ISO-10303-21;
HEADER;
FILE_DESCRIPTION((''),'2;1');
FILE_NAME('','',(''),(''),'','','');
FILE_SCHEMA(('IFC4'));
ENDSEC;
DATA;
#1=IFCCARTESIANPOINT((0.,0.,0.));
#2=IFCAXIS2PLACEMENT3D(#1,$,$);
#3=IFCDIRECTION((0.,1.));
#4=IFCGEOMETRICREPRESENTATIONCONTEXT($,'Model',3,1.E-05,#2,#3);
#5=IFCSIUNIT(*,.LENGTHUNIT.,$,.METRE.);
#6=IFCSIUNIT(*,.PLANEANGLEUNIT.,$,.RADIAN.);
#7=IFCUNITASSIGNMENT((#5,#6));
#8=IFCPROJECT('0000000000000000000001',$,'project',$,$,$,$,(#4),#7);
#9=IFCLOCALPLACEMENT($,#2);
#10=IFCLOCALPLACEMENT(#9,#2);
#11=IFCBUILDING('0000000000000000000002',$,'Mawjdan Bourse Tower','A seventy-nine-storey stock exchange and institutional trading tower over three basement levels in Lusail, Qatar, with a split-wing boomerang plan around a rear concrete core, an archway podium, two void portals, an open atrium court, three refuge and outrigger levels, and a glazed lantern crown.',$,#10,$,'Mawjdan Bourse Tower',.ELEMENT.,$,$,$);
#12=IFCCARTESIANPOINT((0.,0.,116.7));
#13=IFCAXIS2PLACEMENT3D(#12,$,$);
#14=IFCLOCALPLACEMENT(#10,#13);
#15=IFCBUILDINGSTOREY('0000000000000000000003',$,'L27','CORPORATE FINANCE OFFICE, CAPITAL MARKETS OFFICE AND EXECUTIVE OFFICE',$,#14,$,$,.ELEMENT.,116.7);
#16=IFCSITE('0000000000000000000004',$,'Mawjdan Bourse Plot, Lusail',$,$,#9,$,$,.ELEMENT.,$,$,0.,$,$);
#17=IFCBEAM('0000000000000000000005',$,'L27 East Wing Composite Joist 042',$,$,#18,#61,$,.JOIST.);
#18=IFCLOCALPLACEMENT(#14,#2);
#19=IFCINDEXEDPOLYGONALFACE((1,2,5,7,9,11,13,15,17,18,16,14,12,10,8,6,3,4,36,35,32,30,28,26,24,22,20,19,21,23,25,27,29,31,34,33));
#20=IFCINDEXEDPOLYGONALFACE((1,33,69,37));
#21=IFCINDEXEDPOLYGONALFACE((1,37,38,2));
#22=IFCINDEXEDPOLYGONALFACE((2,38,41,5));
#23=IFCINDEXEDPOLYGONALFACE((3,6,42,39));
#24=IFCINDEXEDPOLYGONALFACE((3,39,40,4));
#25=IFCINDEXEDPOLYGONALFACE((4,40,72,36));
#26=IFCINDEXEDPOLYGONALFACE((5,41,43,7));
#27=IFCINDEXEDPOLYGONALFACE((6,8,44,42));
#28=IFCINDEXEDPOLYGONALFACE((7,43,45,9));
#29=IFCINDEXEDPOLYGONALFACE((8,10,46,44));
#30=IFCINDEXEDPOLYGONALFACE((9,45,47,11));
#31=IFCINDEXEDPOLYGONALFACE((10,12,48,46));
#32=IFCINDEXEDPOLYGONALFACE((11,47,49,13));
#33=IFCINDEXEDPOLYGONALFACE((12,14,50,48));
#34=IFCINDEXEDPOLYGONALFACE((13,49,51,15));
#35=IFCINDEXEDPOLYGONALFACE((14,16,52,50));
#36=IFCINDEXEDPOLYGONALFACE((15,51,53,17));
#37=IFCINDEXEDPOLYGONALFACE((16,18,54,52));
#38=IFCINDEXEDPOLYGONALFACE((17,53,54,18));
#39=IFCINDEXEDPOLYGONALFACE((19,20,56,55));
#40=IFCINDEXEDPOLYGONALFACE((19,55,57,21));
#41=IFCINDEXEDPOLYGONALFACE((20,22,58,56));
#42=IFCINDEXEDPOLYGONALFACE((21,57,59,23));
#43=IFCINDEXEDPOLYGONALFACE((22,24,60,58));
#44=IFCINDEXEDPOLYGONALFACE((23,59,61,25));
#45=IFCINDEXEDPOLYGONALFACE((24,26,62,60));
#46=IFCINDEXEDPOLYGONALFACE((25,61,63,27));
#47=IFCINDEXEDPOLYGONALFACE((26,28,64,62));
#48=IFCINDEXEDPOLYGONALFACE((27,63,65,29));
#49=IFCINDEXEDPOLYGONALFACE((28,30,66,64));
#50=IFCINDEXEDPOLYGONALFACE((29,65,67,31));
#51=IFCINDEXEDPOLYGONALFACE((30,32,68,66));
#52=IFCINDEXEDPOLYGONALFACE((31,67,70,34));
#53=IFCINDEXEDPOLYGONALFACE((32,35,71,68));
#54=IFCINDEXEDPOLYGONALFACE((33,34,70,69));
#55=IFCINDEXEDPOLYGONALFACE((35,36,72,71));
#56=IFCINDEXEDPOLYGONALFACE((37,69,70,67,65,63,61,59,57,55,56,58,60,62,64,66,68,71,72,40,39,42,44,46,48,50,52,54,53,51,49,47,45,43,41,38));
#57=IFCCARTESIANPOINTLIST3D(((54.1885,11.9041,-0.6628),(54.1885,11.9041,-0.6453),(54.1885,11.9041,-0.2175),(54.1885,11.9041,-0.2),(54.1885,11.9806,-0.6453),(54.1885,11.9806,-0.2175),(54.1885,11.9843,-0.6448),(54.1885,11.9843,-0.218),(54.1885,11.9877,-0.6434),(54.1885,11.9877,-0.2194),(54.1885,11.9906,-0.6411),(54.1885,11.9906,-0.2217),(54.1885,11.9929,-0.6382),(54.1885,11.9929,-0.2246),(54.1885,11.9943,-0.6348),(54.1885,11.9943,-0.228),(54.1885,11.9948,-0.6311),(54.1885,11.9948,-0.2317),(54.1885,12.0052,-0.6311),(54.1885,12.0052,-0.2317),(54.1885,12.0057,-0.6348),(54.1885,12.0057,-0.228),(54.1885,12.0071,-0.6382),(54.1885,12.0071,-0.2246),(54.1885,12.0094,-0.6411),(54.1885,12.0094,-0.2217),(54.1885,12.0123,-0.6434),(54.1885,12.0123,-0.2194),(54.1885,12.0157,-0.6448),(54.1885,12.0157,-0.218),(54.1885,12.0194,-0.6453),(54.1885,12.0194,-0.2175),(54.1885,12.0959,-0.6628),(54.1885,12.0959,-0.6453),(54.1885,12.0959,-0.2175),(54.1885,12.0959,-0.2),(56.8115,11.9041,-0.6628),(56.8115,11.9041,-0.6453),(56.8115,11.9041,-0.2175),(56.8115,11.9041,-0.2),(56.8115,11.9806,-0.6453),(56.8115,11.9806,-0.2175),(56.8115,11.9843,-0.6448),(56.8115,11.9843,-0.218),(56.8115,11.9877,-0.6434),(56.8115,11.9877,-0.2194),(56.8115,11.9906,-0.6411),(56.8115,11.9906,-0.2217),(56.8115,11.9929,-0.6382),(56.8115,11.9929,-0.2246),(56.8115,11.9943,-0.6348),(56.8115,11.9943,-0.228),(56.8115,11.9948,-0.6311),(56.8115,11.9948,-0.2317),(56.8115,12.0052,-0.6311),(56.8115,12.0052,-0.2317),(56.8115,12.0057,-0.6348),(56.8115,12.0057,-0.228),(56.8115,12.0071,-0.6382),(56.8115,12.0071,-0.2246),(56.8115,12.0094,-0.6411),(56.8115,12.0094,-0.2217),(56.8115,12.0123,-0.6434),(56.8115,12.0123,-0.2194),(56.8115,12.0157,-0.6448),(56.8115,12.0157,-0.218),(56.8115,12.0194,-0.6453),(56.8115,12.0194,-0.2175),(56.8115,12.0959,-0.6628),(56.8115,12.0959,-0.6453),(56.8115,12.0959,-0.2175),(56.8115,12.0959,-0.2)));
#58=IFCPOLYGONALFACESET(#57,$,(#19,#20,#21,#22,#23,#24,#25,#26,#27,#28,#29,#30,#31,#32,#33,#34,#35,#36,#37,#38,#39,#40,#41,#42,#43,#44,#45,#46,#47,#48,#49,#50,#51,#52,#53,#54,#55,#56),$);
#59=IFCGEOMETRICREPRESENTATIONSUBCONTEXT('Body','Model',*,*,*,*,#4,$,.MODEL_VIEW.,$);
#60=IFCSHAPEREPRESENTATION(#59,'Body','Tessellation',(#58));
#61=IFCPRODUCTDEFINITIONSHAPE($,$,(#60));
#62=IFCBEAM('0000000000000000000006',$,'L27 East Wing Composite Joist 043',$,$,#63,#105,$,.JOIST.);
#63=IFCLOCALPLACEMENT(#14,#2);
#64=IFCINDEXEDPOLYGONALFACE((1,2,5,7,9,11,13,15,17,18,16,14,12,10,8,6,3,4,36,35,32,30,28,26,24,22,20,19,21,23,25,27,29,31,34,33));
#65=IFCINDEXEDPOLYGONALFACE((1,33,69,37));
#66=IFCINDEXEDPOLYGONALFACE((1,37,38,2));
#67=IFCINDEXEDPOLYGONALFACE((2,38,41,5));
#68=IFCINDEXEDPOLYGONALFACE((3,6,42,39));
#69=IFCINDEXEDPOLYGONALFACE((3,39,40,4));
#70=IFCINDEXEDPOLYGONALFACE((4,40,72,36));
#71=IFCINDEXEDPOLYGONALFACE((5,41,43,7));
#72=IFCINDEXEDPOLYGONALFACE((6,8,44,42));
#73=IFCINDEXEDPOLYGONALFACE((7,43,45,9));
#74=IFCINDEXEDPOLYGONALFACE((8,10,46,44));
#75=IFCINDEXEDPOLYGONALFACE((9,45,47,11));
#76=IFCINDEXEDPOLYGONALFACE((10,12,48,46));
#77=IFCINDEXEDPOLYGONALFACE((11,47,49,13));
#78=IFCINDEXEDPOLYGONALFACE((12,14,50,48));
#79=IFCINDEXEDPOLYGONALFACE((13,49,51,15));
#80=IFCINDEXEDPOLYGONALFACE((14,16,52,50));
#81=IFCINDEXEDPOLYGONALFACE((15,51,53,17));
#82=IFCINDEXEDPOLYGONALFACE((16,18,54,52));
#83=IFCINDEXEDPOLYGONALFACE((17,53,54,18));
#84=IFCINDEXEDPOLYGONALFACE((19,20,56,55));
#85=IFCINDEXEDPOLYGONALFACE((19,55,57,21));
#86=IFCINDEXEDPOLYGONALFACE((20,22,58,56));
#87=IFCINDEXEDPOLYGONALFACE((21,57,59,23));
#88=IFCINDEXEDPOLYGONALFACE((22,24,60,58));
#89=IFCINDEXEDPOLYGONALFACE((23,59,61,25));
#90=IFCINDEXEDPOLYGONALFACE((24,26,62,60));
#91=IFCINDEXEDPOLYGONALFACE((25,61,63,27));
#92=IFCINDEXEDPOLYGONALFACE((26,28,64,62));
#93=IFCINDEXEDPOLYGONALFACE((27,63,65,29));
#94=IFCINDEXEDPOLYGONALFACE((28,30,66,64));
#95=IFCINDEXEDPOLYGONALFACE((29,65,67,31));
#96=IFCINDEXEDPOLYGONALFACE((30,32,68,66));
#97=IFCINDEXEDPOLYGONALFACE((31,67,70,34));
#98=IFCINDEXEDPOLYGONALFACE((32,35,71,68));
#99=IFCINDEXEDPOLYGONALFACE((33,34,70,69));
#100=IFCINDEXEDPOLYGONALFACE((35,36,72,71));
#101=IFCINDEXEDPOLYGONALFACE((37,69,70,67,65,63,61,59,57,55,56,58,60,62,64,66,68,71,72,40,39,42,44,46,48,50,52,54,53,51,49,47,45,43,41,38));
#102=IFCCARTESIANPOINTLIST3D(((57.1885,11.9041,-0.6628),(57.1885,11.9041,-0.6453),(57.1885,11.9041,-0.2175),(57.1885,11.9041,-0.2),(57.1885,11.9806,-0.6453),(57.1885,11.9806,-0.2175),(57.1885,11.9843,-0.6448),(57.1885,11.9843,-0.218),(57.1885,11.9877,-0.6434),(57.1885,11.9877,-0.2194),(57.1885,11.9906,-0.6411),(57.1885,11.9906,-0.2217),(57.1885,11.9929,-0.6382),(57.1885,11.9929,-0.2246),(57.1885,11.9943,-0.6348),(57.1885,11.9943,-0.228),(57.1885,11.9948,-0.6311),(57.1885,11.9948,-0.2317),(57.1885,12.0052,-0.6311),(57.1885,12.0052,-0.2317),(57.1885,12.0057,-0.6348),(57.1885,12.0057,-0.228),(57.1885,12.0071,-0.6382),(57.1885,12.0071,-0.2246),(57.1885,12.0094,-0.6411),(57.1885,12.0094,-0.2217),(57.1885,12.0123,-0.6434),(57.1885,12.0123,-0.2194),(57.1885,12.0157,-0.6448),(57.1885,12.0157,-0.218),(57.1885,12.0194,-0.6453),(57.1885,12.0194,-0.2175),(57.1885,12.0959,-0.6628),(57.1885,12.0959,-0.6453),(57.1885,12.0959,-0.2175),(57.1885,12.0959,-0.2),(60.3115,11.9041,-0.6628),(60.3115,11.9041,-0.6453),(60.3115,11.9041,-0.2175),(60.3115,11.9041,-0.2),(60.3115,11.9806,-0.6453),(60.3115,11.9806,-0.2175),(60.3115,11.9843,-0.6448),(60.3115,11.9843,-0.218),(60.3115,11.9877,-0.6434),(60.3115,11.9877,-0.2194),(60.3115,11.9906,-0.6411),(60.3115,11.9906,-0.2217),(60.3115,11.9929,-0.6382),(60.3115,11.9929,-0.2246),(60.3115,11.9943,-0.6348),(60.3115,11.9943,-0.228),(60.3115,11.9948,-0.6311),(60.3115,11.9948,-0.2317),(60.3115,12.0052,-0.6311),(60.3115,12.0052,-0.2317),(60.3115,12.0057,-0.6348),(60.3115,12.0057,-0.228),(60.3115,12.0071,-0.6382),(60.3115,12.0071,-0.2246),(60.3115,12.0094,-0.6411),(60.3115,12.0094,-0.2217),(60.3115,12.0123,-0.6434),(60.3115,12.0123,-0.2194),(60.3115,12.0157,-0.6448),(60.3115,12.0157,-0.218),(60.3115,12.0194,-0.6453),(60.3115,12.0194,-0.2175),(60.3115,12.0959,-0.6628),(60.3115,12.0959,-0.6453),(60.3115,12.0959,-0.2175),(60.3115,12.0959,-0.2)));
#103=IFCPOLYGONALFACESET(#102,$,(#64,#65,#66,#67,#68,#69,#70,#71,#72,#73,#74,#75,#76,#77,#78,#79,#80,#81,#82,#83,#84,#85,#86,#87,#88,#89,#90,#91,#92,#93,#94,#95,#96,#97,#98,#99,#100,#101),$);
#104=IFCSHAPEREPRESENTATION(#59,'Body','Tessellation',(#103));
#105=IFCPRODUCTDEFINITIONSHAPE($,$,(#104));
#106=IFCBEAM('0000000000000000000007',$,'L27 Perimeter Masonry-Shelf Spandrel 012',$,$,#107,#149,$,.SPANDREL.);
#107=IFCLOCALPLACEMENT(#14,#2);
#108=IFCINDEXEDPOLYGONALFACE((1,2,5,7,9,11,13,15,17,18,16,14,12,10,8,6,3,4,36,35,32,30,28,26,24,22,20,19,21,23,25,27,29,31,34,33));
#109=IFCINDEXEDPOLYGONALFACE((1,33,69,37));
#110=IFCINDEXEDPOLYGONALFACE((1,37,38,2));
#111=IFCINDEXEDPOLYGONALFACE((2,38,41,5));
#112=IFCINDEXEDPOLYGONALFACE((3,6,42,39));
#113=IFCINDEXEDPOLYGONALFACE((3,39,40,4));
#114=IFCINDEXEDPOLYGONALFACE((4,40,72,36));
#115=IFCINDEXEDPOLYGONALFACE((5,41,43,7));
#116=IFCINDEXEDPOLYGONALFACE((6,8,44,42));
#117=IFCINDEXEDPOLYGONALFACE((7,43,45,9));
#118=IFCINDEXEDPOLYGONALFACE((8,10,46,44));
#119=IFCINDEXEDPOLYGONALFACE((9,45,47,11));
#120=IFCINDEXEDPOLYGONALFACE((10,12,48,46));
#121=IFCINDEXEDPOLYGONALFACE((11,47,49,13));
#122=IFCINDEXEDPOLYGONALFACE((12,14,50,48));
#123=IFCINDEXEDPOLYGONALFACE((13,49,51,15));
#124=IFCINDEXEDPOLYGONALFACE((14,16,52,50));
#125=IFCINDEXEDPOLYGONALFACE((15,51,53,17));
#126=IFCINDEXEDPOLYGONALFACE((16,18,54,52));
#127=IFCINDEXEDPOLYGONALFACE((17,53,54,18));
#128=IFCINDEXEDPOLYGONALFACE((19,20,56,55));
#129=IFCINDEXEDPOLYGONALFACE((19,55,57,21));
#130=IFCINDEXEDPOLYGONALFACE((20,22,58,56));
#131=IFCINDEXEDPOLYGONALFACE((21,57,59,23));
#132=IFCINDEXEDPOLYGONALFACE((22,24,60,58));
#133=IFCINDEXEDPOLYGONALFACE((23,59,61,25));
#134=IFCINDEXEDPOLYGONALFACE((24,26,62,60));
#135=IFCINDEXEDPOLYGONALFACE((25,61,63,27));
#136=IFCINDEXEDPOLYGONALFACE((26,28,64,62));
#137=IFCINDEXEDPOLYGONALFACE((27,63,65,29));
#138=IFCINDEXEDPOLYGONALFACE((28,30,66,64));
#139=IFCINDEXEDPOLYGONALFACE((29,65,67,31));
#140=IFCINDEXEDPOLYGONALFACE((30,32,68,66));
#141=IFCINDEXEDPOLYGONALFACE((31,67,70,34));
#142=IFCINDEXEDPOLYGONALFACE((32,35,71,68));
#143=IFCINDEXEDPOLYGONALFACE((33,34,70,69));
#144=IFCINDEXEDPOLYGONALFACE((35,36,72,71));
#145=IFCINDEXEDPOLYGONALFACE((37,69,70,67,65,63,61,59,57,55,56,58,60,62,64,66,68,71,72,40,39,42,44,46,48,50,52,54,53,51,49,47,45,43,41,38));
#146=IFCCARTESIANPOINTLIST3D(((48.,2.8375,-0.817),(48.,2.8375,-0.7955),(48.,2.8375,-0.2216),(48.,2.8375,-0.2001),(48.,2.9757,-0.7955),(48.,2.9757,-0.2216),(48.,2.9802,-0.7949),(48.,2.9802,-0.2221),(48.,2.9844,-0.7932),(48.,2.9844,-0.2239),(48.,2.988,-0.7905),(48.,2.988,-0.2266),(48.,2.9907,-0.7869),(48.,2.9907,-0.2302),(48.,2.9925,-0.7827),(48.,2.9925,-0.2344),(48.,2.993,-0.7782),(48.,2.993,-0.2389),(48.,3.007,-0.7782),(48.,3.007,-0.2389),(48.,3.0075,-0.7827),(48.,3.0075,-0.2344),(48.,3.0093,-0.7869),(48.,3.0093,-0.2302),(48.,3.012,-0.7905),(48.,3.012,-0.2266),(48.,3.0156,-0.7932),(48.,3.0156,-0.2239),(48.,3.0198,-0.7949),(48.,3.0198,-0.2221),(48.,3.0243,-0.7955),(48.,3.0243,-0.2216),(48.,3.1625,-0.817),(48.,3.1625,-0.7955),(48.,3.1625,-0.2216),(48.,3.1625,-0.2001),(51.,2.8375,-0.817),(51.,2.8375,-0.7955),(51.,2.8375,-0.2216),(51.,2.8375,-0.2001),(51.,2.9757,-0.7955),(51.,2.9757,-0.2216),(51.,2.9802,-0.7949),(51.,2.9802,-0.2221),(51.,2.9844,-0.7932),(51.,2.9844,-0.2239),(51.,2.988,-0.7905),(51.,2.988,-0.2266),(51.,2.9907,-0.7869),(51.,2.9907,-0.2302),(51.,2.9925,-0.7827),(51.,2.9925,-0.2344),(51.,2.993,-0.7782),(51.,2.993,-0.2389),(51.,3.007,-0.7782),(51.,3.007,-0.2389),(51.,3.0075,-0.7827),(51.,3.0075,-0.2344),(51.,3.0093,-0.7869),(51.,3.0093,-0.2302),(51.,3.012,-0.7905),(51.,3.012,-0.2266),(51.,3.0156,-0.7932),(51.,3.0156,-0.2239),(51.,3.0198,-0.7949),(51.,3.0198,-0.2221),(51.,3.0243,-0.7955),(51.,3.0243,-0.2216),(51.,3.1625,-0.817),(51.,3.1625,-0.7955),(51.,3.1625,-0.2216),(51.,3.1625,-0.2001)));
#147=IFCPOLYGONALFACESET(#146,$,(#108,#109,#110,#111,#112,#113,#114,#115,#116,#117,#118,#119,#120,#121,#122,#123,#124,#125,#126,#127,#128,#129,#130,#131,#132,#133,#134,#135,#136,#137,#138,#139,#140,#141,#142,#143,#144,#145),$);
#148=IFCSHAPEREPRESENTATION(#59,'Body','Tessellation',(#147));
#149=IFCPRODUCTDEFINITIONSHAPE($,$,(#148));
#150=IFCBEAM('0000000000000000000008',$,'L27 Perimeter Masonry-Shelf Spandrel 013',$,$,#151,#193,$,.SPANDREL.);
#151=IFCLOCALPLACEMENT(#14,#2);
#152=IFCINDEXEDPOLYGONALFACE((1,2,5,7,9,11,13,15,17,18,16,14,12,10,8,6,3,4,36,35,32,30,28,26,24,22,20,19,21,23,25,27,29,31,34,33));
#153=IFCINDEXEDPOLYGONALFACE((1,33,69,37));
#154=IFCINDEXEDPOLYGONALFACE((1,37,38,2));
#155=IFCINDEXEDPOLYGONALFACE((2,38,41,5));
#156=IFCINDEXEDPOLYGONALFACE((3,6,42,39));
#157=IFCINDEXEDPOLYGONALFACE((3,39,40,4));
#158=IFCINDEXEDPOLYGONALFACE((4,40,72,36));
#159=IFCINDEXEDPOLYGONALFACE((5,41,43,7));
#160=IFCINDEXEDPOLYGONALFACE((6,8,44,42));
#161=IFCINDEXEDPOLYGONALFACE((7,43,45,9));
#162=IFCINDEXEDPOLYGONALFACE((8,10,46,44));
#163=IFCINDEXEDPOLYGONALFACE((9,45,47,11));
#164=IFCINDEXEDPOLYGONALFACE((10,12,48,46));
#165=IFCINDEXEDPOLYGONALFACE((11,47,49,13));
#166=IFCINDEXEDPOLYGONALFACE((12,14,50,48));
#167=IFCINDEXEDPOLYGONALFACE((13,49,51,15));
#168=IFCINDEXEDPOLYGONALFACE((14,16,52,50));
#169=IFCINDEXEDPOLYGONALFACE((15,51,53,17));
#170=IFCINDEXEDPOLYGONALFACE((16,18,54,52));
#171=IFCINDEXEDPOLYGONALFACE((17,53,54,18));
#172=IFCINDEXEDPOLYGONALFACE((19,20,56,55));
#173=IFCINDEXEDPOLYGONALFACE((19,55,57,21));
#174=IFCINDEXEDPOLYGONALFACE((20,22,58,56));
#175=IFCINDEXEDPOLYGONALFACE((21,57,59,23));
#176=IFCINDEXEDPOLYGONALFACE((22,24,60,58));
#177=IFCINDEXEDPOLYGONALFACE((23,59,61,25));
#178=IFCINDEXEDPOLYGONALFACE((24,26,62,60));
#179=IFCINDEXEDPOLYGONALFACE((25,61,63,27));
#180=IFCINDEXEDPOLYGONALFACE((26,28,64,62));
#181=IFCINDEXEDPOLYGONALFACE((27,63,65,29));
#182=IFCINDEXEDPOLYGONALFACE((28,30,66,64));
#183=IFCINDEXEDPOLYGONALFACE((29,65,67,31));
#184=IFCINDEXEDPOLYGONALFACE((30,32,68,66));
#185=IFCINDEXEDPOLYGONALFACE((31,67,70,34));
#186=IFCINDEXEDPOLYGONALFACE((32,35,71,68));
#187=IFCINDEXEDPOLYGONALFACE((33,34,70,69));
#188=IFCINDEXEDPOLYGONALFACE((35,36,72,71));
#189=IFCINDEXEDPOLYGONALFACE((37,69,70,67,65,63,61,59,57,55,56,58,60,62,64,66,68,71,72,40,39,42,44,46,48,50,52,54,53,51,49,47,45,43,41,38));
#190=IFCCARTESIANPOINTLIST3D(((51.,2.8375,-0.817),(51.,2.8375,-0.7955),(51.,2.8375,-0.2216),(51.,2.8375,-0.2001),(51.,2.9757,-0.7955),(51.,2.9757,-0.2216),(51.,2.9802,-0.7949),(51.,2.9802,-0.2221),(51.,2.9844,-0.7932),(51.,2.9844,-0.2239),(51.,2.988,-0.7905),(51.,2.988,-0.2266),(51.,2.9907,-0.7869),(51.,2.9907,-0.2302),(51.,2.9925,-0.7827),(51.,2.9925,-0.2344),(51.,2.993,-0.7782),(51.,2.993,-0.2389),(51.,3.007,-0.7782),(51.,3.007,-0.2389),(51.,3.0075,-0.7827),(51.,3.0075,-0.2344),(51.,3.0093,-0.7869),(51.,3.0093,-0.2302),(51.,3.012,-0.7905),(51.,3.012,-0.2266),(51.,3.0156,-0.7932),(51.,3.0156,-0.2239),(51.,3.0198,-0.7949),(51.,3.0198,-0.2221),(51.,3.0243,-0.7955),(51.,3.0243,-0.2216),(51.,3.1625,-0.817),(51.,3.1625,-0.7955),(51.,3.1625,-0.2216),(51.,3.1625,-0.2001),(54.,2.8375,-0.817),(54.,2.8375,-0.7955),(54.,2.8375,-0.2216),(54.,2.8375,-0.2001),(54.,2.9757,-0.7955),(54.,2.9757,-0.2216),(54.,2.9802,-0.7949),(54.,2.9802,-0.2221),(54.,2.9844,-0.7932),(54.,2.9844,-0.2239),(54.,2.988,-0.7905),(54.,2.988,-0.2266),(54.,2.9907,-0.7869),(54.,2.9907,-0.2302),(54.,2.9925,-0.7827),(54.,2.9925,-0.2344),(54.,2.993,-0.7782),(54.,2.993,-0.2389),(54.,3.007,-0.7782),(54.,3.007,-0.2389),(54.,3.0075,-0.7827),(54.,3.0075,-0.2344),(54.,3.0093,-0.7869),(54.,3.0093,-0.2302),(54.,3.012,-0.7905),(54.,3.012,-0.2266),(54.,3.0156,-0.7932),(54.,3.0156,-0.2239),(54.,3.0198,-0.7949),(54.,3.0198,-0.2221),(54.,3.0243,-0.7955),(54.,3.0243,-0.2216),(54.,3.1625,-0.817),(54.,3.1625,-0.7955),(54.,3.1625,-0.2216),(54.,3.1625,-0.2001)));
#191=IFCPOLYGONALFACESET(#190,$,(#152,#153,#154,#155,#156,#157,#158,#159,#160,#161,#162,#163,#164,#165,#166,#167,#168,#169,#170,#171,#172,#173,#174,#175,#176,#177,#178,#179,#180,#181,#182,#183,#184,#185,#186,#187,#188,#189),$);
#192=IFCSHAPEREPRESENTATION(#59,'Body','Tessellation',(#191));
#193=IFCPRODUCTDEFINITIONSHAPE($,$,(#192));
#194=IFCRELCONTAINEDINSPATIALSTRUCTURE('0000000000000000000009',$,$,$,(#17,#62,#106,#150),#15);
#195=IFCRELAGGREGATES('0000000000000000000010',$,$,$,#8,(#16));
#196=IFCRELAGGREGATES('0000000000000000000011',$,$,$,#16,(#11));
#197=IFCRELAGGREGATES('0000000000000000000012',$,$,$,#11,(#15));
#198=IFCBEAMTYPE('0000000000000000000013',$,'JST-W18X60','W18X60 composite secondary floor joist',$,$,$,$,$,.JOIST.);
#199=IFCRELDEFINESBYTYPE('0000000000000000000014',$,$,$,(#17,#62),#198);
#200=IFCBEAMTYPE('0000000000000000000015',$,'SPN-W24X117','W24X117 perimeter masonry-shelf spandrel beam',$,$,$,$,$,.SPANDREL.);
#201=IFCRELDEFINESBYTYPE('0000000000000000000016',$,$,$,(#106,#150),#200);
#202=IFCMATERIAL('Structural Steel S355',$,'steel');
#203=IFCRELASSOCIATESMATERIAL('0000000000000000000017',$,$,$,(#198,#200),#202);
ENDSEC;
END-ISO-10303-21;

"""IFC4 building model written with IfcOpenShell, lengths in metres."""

from ifc_helpers import new_model, si_unit, direction, frame, origin, origin_2d, place, context, subcontext, project, spatial, i_section, extrude, material, material_profile, profile_set, type_object, element, save


model = new_model("IFC4")

# Units and contexts
model_context = context("Model", 3, precision=1e-05, world=origin(), true_north=direction((0.0, 1.0)))
body_context = subcontext(model_context, "Body", "Model", "MODEL_VIEW")
ifc_project = project(units=[si_unit("LENGTHUNIT", "METRE"), si_unit("PLANEANGLEUNIT", "RADIAN")], contexts=[model_context])

# Site, building, storey
site_placement = place(None, origin())
site = spatial("IfcSite", under=ifc_project, at=site_placement, Name="Mawjdan Bourse Plot, Lusail", CompositionType="ELEMENT", RefElevation=0.0)
building_placement = place(site_placement, origin())
building = spatial("IfcBuilding", under=site, at=building_placement, Name="Mawjdan Bourse Tower", Description="A seventy-nine-storey stock exchange and institutional trading tower over three basement levels in Lusail, Qatar, with a split-wing boomerang plan around a rear concrete core, an archway podium, two void portals, an open atrium court, three refuge and outrigger levels, and a glazed lantern crown.", LongName="Mawjdan Bourse Tower", CompositionType="ELEMENT")
storey_placement = place(building_placement, frame((0.0, 0.0, 116.7)))
storey = spatial("IfcBuildingStorey", under=building, at=storey_placement, Name="L27", Description="CORPORATE FINANCE OFFICE, CAPITAL MARKETS OFFICE AND EXECUTIVE OFFICE", CompositionType="ELEMENT", Elevation=116.7)

# Beams
ifc_material_1 = material(Name="Structural Steel S355", Category="steel")
ifc_material_profile_1 = material_profile(ifc_material_1, i_section(OverallWidth=0.1919, OverallDepth=0.4629, WebThickness=0.0105, FlangeThickness=0.0176, FilletRadius=0.0142, at=origin_2d()), Name="W18X60")
ifc_profile_set_1 = profile_set([ifc_material_profile_1], Name="Structural Steel S355")
beam_type_1 = type_object("IfcBeamType", Name="JST-W18X60", Description="W18X60 composite secondary floor joist", PredefinedType="JOIST", material=ifc_profile_set_1)
for number, where, z_axis, x_axis, name in (
    (1, (54.1885, 12.0, -0.4314), (1.0, 0.0, 0.0), (0.0, 1.0, 0.0), "L27 East Wing Composite Joist 042"),
):
    element("IfcBeam", number, at=place(storey_placement, frame(where, z_axis=z_axis, x_axis=x_axis)), inside=storey, type_object=beam_type_1, Name=name, PredefinedType="JOIST", context=body_context, shape_type="SweptSolid", body=[
        extrude(i_section(OverallWidth=0.1919, OverallDepth=0.4629, WebThickness=0.0105, FlangeThickness=0.0176, FilletRadius=0.0142, at=origin_2d()), origin(), (0.0, 0.0, 1.0), 2.623),
    ])
beam_1_placement = place(storey_placement, frame((57.1885, 12.0, -0.4314), z_axis=(1.0, 0.0, 0.0), x_axis=(0.0, 1.0, 0.0)))
element("IfcBeam", 2, at=beam_1_placement, inside=storey, type_object=beam_type_1, Name="L27 East Wing Composite Joist 043", PredefinedType="JOIST", context=body_context, shape_type="SweptSolid", body=[
    extrude(i_section(OverallWidth=0.1919, OverallDepth=0.4629, WebThickness=0.0105, FlangeThickness=0.0176, FilletRadius=0.0142, at=origin_2d()), origin(), (0.0, 0.0, 1.0), 3.123),
])
ifc_material_profile_2 = material_profile(ifc_material_1, i_section(OverallWidth=0.325, OverallDepth=0.6169, WebThickness=0.0139, FlangeThickness=0.0215, FilletRadius=0.0173, at=origin_2d()), Name="W24X117")
ifc_profile_set_2 = profile_set([ifc_material_profile_2], Name="Structural Steel S355")
beam_type_2 = type_object("IfcBeamType", Name="SPN-W24X117", Description="W24X117 perimeter masonry-shelf spandrel beam", PredefinedType="SPANDREL", material=ifc_profile_set_2)
for number, where, z_axis, x_axis, name in (
    (3, (48.0, 3.0, -0.5085), (1.0, 0.0, 0.0), (0.0, 1.0, 0.0), "L27 Perimeter Masonry-Shelf Spandrel 012"),
    (4, (51.0, 3.0, -0.5085), (1.0, 0.0, 0.0), (0.0, 1.0, 0.0), "L27 Perimeter Masonry-Shelf Spandrel 013"),
):
    element("IfcBeam", number, at=place(storey_placement, frame(where, z_axis=z_axis, x_axis=x_axis)), inside=storey, type_object=beam_type_2, Name=name, PredefinedType="SPANDREL", context=body_context, shape_type="SweptSolid", body=[
        extrude(i_section(OverallWidth=0.325, OverallDepth=0.6169, WebThickness=0.0139, FlangeThickness=0.0215, FilletRadius=0.0173, at=origin_2d()), origin(), (0.0, 0.0, 1.0), 3.0),
    ])

save(model, "model.ifc")
